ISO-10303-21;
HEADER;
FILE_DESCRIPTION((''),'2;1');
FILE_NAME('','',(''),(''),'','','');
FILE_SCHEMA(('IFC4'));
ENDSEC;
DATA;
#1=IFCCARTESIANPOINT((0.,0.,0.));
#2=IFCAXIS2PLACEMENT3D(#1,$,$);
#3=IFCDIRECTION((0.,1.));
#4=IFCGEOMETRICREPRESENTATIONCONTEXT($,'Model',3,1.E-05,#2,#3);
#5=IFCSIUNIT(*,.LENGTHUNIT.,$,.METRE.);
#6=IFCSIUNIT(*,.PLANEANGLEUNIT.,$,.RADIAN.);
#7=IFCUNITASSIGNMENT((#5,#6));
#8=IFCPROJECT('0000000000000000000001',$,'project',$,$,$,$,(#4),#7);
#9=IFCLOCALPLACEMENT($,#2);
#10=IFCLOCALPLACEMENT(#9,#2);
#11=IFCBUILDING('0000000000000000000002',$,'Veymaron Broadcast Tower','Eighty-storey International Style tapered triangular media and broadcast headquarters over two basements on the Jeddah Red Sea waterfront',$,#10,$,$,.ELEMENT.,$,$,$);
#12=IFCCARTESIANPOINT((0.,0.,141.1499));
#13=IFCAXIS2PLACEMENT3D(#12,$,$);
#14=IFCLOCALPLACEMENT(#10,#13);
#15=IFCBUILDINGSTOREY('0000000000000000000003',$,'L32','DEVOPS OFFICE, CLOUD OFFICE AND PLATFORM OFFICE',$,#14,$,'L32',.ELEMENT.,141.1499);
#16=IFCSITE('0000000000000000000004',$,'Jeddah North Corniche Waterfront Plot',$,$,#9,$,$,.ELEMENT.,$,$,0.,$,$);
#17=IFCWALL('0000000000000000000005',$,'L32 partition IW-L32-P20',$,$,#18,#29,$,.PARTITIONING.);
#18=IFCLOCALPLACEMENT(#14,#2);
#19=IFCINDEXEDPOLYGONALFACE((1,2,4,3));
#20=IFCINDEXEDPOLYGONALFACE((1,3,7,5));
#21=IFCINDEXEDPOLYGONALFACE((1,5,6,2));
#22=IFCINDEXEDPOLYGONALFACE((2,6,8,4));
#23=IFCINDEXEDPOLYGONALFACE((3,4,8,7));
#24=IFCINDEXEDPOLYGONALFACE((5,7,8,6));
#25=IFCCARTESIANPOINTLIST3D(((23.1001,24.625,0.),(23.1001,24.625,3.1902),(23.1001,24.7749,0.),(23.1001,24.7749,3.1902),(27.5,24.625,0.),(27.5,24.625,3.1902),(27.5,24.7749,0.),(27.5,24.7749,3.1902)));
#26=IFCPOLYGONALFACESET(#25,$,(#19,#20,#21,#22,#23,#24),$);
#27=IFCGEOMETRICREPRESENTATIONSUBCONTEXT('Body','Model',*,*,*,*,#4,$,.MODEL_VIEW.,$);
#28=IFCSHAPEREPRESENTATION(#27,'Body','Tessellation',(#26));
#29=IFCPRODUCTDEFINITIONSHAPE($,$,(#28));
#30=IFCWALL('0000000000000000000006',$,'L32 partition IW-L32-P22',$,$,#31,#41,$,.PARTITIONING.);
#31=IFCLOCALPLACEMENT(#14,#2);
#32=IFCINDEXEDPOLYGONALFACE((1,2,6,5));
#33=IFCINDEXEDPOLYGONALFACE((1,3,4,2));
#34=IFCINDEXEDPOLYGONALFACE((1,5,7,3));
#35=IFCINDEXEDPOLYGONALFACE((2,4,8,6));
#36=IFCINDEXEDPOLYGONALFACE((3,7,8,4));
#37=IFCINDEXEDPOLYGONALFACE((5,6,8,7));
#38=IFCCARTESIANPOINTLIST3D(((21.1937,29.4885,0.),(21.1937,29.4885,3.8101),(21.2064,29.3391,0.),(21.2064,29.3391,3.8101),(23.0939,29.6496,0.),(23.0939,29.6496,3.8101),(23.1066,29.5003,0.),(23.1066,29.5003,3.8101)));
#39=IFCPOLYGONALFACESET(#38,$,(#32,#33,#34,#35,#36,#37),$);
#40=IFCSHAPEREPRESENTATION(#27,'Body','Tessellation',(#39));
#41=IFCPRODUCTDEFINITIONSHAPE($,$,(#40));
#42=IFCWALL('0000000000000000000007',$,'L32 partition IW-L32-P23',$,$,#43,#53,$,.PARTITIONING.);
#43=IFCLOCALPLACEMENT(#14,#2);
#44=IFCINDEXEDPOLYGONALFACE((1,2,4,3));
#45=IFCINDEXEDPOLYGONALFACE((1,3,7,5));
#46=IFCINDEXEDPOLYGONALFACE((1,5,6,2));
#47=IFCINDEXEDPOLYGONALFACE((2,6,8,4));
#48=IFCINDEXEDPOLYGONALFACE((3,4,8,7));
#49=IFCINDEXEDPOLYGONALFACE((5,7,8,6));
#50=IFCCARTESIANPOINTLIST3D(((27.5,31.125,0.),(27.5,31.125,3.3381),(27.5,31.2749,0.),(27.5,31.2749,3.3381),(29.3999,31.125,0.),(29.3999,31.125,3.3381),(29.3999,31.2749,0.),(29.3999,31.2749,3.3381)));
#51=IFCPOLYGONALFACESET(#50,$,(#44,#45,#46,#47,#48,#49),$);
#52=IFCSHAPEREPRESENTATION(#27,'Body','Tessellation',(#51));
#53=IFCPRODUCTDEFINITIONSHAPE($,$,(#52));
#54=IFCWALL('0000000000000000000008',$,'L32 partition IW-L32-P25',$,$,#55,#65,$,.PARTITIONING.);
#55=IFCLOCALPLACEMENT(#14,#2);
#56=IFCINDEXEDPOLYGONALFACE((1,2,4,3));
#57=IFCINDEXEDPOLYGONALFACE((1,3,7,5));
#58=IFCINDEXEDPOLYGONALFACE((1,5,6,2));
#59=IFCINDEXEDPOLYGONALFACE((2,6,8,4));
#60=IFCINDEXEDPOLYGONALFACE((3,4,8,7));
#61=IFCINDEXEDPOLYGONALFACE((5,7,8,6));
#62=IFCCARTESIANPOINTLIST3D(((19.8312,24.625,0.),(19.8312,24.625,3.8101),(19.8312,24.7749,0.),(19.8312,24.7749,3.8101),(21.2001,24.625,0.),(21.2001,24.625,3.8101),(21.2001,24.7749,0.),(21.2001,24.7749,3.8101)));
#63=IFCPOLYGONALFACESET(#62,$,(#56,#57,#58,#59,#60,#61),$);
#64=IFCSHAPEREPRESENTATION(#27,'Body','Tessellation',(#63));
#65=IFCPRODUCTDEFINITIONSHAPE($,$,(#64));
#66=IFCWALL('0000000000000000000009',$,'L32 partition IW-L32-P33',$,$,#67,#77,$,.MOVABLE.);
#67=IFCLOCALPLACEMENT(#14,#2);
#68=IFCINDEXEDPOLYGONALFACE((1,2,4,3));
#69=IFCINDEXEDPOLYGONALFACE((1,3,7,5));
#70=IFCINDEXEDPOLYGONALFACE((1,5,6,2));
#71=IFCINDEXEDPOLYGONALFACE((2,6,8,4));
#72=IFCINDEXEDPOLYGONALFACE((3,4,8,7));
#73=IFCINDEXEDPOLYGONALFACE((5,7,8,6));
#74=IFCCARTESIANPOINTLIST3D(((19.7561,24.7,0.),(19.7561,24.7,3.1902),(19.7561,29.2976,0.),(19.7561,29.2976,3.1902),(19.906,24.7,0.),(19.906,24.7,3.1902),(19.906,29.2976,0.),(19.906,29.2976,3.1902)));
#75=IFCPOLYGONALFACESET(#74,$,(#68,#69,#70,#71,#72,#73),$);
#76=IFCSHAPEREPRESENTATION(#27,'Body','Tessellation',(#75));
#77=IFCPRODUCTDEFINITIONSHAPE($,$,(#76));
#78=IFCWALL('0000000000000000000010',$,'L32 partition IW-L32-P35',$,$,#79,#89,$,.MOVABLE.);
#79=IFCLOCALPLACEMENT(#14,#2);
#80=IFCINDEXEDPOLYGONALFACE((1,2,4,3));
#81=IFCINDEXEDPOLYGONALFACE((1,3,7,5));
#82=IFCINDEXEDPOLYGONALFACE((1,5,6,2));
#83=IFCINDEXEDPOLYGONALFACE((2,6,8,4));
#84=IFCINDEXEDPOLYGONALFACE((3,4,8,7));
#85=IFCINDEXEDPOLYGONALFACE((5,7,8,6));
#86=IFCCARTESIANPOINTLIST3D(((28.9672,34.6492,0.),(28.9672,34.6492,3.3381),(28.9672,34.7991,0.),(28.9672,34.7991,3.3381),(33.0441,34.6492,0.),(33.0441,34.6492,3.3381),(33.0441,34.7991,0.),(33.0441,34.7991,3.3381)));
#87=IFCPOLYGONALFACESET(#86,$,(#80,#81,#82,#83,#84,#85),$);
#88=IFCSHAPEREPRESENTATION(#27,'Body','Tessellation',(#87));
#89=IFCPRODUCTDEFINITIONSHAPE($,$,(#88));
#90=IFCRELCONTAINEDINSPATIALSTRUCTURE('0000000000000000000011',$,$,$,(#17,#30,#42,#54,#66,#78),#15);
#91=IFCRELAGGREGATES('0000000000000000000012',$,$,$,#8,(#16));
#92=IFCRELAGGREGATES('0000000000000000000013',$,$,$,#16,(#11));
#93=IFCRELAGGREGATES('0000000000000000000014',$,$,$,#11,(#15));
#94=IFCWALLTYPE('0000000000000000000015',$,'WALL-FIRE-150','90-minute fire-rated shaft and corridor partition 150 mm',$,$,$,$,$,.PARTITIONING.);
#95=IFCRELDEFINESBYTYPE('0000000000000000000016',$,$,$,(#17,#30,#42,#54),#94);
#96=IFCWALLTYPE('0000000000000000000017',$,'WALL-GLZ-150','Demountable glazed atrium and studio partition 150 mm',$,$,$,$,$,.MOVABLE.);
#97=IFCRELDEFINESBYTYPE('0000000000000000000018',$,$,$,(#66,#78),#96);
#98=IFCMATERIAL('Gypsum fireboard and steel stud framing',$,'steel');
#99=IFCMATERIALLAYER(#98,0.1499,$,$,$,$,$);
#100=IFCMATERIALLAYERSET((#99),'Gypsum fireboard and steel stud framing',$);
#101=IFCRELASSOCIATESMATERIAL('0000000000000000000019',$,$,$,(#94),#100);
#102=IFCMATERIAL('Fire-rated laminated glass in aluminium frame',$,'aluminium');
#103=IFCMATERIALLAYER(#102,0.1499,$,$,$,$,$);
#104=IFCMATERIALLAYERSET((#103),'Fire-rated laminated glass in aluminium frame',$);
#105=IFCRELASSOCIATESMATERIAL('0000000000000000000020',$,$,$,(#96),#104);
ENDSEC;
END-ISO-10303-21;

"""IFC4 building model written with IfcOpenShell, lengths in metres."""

from ifc_helpers import new_model, si_unit, direction, frame, frame_2d, origin, place, context, subcontext, project, spatial, rectangle, extrude, material, layer, layer_set, type_object, element, save


model = new_model("IFC4")

# Units and contexts
model_context = context("Model", 3, precision=1e-05, world=origin(), true_north=direction((0.0, 1.0)))
body_context = subcontext(model_context, "Body", "Model", "MODEL_VIEW")
ifc_project = project(units=[si_unit("LENGTHUNIT", "METRE"), si_unit("PLANEANGLEUNIT", "RADIAN")], contexts=[model_context])

# Site, building, storey
site_placement = place(None, origin())
site = spatial("IfcSite", under=ifc_project, at=site_placement, Name="Jeddah North Corniche Waterfront Plot", CompositionType="ELEMENT", RefElevation=0.0)
building_placement = place(site_placement, origin())
building = spatial("IfcBuilding", under=site, at=building_placement, Name="Veymaron Broadcast Tower", Description="Eighty-storey International Style tapered triangular media and broadcast headquarters over two basements on the Jeddah Red Sea waterfront", CompositionType="ELEMENT")
storey_placement = place(building_placement, frame((0.0, 0.0, 141.1499)))
storey = spatial("IfcBuildingStorey", under=building, at=storey_placement, Name="L32", Description="DEVOPS OFFICE, CLOUD OFFICE AND PLATFORM OFFICE", LongName="L32", CompositionType="ELEMENT", Elevation=141.1499)

# Shared definitions
ifc_material_1 = material(Name="Gypsum fireboard and steel stud framing", Category="steel")
ifc_layer_1 = layer(ifc_material_1, 0.1499)
ifc_layer_set_1 = layer_set([ifc_layer_1], Name="Gypsum fireboard and steel stud framing")
wall_type_1 = type_object("IfcWallType", Name="WALL-FIRE-150", Description="90-minute fire-rated shaft and corridor partition 150 mm", PredefinedType="PARTITIONING", material=ifc_layer_set_1)

# Walls
wall_1_placement = place(storey_placement, frame((23.1001, 24.7, 0.0), z_axis=(0.0, 0.0, 1.0), x_axis=(1.0, 0.0, 0.0)))
element("IfcWall", 1, at=wall_1_placement, inside=storey, type_object=wall_type_1, Name="L32 partition IW-L32-P20", PredefinedType="PARTITIONING", context=body_context, shape_type="SweptSolid", body=[
    extrude(rectangle(XDim=4.3999, YDim=0.1499, at=frame_2d((2.2, 0.0))), origin(), (0.0, 0.0, 1.0), 3.1902),
])
wall_2_placement = place(storey_placement, frame((21.2, 29.4138, 0.0), z_axis=(0.0, 0.0, 1.0), x_axis=(0.996424, 0.084497, 0.0)))
element("IfcWall", 2, at=wall_2_placement, inside=storey, type_object=wall_type_1, Name="L32 partition IW-L32-P22", PredefinedType="PARTITIONING", context=body_context, shape_type="SweptSolid", body=[
    extrude(rectangle(XDim=1.907, YDim=0.1499, at=frame_2d((0.9536, 0.0))), origin(), (0.0, 0.0, 1.0), 3.8101),
])
wall_3_placement = place(storey_placement, frame((27.5, 31.2, 0.0), z_axis=(0.0, 0.0, 1.0), x_axis=(1.0, 0.0, 0.0)))
element("IfcWall", 3, at=wall_3_placement, inside=storey, type_object=wall_type_1, Name="L32 partition IW-L32-P23", PredefinedType="PARTITIONING", context=body_context, shape_type="SweptSolid", body=[
    extrude(rectangle(XDim=1.8999, YDim=0.1499, at=frame_2d((0.95, 0.0))), origin(), (0.0, 0.0, 1.0), 3.3381),
])
wall_4_placement = place(storey_placement, frame((19.8311, 24.7, 0.0), z_axis=(0.0, 0.0, 1.0), x_axis=(1.0, 0.0, 0.0)))
element("IfcWall", 4, at=wall_4_placement, inside=storey, type_object=wall_type_1, Name="L32 partition IW-L32-P25", PredefinedType="PARTITIONING", context=body_context, shape_type="SweptSolid", body=[
    extrude(rectangle(XDim=1.3689, YDim=0.1499, at=frame_2d((0.6846, 0.0))), origin(), (0.0, 0.0, 1.0), 3.8101),
])
ifc_material_2 = material(Name="Fire-rated laminated glass in aluminium frame", Category="aluminium")
ifc_layer_2 = layer(ifc_material_2, 0.1499)
ifc_layer_set_2 = layer_set([ifc_layer_2], Name="Fire-rated laminated glass in aluminium frame")
wall_type_2 = type_object("IfcWallType", Name="WALL-GLZ-150", Description="Demountable glazed atrium and studio partition 150 mm", PredefinedType="MOVABLE", material=ifc_layer_set_2)
wall_5_placement = place(storey_placement, frame((19.8311, 24.7, 0.0), z_axis=(0.0, 0.0, 1.0), x_axis=(0.0, 1.0, 0.0)))
element("IfcWall", 5, at=wall_5_placement, inside=storey, type_object=wall_type_2, Name="L32 partition IW-L32-P33", PredefinedType="MOVABLE", context=body_context, shape_type="SweptSolid", body=[
    extrude(rectangle(XDim=4.5977, YDim=0.1499, at=frame_2d((2.2988, 0.0))), origin(), (0.0, 0.0, 1.0), 3.1902),
])
wall_6_placement = place(storey_placement, frame((28.967, 34.7241, 0.0), z_axis=(0.0, 0.0, 1.0), x_axis=(1.0, 0.0, 0.0)))
element("IfcWall", 6, at=wall_6_placement, inside=storey, type_object=wall_type_2, Name="L32 partition IW-L32-P35", PredefinedType="MOVABLE", context=body_context, shape_type="SweptSolid", body=[
    extrude(rectangle(XDim=4.0769, YDim=0.1499, at=frame_2d((2.0386, 0.0))), origin(), (0.0, 0.0, 1.0), 3.3381),
])

save(model, "model.ifc")
